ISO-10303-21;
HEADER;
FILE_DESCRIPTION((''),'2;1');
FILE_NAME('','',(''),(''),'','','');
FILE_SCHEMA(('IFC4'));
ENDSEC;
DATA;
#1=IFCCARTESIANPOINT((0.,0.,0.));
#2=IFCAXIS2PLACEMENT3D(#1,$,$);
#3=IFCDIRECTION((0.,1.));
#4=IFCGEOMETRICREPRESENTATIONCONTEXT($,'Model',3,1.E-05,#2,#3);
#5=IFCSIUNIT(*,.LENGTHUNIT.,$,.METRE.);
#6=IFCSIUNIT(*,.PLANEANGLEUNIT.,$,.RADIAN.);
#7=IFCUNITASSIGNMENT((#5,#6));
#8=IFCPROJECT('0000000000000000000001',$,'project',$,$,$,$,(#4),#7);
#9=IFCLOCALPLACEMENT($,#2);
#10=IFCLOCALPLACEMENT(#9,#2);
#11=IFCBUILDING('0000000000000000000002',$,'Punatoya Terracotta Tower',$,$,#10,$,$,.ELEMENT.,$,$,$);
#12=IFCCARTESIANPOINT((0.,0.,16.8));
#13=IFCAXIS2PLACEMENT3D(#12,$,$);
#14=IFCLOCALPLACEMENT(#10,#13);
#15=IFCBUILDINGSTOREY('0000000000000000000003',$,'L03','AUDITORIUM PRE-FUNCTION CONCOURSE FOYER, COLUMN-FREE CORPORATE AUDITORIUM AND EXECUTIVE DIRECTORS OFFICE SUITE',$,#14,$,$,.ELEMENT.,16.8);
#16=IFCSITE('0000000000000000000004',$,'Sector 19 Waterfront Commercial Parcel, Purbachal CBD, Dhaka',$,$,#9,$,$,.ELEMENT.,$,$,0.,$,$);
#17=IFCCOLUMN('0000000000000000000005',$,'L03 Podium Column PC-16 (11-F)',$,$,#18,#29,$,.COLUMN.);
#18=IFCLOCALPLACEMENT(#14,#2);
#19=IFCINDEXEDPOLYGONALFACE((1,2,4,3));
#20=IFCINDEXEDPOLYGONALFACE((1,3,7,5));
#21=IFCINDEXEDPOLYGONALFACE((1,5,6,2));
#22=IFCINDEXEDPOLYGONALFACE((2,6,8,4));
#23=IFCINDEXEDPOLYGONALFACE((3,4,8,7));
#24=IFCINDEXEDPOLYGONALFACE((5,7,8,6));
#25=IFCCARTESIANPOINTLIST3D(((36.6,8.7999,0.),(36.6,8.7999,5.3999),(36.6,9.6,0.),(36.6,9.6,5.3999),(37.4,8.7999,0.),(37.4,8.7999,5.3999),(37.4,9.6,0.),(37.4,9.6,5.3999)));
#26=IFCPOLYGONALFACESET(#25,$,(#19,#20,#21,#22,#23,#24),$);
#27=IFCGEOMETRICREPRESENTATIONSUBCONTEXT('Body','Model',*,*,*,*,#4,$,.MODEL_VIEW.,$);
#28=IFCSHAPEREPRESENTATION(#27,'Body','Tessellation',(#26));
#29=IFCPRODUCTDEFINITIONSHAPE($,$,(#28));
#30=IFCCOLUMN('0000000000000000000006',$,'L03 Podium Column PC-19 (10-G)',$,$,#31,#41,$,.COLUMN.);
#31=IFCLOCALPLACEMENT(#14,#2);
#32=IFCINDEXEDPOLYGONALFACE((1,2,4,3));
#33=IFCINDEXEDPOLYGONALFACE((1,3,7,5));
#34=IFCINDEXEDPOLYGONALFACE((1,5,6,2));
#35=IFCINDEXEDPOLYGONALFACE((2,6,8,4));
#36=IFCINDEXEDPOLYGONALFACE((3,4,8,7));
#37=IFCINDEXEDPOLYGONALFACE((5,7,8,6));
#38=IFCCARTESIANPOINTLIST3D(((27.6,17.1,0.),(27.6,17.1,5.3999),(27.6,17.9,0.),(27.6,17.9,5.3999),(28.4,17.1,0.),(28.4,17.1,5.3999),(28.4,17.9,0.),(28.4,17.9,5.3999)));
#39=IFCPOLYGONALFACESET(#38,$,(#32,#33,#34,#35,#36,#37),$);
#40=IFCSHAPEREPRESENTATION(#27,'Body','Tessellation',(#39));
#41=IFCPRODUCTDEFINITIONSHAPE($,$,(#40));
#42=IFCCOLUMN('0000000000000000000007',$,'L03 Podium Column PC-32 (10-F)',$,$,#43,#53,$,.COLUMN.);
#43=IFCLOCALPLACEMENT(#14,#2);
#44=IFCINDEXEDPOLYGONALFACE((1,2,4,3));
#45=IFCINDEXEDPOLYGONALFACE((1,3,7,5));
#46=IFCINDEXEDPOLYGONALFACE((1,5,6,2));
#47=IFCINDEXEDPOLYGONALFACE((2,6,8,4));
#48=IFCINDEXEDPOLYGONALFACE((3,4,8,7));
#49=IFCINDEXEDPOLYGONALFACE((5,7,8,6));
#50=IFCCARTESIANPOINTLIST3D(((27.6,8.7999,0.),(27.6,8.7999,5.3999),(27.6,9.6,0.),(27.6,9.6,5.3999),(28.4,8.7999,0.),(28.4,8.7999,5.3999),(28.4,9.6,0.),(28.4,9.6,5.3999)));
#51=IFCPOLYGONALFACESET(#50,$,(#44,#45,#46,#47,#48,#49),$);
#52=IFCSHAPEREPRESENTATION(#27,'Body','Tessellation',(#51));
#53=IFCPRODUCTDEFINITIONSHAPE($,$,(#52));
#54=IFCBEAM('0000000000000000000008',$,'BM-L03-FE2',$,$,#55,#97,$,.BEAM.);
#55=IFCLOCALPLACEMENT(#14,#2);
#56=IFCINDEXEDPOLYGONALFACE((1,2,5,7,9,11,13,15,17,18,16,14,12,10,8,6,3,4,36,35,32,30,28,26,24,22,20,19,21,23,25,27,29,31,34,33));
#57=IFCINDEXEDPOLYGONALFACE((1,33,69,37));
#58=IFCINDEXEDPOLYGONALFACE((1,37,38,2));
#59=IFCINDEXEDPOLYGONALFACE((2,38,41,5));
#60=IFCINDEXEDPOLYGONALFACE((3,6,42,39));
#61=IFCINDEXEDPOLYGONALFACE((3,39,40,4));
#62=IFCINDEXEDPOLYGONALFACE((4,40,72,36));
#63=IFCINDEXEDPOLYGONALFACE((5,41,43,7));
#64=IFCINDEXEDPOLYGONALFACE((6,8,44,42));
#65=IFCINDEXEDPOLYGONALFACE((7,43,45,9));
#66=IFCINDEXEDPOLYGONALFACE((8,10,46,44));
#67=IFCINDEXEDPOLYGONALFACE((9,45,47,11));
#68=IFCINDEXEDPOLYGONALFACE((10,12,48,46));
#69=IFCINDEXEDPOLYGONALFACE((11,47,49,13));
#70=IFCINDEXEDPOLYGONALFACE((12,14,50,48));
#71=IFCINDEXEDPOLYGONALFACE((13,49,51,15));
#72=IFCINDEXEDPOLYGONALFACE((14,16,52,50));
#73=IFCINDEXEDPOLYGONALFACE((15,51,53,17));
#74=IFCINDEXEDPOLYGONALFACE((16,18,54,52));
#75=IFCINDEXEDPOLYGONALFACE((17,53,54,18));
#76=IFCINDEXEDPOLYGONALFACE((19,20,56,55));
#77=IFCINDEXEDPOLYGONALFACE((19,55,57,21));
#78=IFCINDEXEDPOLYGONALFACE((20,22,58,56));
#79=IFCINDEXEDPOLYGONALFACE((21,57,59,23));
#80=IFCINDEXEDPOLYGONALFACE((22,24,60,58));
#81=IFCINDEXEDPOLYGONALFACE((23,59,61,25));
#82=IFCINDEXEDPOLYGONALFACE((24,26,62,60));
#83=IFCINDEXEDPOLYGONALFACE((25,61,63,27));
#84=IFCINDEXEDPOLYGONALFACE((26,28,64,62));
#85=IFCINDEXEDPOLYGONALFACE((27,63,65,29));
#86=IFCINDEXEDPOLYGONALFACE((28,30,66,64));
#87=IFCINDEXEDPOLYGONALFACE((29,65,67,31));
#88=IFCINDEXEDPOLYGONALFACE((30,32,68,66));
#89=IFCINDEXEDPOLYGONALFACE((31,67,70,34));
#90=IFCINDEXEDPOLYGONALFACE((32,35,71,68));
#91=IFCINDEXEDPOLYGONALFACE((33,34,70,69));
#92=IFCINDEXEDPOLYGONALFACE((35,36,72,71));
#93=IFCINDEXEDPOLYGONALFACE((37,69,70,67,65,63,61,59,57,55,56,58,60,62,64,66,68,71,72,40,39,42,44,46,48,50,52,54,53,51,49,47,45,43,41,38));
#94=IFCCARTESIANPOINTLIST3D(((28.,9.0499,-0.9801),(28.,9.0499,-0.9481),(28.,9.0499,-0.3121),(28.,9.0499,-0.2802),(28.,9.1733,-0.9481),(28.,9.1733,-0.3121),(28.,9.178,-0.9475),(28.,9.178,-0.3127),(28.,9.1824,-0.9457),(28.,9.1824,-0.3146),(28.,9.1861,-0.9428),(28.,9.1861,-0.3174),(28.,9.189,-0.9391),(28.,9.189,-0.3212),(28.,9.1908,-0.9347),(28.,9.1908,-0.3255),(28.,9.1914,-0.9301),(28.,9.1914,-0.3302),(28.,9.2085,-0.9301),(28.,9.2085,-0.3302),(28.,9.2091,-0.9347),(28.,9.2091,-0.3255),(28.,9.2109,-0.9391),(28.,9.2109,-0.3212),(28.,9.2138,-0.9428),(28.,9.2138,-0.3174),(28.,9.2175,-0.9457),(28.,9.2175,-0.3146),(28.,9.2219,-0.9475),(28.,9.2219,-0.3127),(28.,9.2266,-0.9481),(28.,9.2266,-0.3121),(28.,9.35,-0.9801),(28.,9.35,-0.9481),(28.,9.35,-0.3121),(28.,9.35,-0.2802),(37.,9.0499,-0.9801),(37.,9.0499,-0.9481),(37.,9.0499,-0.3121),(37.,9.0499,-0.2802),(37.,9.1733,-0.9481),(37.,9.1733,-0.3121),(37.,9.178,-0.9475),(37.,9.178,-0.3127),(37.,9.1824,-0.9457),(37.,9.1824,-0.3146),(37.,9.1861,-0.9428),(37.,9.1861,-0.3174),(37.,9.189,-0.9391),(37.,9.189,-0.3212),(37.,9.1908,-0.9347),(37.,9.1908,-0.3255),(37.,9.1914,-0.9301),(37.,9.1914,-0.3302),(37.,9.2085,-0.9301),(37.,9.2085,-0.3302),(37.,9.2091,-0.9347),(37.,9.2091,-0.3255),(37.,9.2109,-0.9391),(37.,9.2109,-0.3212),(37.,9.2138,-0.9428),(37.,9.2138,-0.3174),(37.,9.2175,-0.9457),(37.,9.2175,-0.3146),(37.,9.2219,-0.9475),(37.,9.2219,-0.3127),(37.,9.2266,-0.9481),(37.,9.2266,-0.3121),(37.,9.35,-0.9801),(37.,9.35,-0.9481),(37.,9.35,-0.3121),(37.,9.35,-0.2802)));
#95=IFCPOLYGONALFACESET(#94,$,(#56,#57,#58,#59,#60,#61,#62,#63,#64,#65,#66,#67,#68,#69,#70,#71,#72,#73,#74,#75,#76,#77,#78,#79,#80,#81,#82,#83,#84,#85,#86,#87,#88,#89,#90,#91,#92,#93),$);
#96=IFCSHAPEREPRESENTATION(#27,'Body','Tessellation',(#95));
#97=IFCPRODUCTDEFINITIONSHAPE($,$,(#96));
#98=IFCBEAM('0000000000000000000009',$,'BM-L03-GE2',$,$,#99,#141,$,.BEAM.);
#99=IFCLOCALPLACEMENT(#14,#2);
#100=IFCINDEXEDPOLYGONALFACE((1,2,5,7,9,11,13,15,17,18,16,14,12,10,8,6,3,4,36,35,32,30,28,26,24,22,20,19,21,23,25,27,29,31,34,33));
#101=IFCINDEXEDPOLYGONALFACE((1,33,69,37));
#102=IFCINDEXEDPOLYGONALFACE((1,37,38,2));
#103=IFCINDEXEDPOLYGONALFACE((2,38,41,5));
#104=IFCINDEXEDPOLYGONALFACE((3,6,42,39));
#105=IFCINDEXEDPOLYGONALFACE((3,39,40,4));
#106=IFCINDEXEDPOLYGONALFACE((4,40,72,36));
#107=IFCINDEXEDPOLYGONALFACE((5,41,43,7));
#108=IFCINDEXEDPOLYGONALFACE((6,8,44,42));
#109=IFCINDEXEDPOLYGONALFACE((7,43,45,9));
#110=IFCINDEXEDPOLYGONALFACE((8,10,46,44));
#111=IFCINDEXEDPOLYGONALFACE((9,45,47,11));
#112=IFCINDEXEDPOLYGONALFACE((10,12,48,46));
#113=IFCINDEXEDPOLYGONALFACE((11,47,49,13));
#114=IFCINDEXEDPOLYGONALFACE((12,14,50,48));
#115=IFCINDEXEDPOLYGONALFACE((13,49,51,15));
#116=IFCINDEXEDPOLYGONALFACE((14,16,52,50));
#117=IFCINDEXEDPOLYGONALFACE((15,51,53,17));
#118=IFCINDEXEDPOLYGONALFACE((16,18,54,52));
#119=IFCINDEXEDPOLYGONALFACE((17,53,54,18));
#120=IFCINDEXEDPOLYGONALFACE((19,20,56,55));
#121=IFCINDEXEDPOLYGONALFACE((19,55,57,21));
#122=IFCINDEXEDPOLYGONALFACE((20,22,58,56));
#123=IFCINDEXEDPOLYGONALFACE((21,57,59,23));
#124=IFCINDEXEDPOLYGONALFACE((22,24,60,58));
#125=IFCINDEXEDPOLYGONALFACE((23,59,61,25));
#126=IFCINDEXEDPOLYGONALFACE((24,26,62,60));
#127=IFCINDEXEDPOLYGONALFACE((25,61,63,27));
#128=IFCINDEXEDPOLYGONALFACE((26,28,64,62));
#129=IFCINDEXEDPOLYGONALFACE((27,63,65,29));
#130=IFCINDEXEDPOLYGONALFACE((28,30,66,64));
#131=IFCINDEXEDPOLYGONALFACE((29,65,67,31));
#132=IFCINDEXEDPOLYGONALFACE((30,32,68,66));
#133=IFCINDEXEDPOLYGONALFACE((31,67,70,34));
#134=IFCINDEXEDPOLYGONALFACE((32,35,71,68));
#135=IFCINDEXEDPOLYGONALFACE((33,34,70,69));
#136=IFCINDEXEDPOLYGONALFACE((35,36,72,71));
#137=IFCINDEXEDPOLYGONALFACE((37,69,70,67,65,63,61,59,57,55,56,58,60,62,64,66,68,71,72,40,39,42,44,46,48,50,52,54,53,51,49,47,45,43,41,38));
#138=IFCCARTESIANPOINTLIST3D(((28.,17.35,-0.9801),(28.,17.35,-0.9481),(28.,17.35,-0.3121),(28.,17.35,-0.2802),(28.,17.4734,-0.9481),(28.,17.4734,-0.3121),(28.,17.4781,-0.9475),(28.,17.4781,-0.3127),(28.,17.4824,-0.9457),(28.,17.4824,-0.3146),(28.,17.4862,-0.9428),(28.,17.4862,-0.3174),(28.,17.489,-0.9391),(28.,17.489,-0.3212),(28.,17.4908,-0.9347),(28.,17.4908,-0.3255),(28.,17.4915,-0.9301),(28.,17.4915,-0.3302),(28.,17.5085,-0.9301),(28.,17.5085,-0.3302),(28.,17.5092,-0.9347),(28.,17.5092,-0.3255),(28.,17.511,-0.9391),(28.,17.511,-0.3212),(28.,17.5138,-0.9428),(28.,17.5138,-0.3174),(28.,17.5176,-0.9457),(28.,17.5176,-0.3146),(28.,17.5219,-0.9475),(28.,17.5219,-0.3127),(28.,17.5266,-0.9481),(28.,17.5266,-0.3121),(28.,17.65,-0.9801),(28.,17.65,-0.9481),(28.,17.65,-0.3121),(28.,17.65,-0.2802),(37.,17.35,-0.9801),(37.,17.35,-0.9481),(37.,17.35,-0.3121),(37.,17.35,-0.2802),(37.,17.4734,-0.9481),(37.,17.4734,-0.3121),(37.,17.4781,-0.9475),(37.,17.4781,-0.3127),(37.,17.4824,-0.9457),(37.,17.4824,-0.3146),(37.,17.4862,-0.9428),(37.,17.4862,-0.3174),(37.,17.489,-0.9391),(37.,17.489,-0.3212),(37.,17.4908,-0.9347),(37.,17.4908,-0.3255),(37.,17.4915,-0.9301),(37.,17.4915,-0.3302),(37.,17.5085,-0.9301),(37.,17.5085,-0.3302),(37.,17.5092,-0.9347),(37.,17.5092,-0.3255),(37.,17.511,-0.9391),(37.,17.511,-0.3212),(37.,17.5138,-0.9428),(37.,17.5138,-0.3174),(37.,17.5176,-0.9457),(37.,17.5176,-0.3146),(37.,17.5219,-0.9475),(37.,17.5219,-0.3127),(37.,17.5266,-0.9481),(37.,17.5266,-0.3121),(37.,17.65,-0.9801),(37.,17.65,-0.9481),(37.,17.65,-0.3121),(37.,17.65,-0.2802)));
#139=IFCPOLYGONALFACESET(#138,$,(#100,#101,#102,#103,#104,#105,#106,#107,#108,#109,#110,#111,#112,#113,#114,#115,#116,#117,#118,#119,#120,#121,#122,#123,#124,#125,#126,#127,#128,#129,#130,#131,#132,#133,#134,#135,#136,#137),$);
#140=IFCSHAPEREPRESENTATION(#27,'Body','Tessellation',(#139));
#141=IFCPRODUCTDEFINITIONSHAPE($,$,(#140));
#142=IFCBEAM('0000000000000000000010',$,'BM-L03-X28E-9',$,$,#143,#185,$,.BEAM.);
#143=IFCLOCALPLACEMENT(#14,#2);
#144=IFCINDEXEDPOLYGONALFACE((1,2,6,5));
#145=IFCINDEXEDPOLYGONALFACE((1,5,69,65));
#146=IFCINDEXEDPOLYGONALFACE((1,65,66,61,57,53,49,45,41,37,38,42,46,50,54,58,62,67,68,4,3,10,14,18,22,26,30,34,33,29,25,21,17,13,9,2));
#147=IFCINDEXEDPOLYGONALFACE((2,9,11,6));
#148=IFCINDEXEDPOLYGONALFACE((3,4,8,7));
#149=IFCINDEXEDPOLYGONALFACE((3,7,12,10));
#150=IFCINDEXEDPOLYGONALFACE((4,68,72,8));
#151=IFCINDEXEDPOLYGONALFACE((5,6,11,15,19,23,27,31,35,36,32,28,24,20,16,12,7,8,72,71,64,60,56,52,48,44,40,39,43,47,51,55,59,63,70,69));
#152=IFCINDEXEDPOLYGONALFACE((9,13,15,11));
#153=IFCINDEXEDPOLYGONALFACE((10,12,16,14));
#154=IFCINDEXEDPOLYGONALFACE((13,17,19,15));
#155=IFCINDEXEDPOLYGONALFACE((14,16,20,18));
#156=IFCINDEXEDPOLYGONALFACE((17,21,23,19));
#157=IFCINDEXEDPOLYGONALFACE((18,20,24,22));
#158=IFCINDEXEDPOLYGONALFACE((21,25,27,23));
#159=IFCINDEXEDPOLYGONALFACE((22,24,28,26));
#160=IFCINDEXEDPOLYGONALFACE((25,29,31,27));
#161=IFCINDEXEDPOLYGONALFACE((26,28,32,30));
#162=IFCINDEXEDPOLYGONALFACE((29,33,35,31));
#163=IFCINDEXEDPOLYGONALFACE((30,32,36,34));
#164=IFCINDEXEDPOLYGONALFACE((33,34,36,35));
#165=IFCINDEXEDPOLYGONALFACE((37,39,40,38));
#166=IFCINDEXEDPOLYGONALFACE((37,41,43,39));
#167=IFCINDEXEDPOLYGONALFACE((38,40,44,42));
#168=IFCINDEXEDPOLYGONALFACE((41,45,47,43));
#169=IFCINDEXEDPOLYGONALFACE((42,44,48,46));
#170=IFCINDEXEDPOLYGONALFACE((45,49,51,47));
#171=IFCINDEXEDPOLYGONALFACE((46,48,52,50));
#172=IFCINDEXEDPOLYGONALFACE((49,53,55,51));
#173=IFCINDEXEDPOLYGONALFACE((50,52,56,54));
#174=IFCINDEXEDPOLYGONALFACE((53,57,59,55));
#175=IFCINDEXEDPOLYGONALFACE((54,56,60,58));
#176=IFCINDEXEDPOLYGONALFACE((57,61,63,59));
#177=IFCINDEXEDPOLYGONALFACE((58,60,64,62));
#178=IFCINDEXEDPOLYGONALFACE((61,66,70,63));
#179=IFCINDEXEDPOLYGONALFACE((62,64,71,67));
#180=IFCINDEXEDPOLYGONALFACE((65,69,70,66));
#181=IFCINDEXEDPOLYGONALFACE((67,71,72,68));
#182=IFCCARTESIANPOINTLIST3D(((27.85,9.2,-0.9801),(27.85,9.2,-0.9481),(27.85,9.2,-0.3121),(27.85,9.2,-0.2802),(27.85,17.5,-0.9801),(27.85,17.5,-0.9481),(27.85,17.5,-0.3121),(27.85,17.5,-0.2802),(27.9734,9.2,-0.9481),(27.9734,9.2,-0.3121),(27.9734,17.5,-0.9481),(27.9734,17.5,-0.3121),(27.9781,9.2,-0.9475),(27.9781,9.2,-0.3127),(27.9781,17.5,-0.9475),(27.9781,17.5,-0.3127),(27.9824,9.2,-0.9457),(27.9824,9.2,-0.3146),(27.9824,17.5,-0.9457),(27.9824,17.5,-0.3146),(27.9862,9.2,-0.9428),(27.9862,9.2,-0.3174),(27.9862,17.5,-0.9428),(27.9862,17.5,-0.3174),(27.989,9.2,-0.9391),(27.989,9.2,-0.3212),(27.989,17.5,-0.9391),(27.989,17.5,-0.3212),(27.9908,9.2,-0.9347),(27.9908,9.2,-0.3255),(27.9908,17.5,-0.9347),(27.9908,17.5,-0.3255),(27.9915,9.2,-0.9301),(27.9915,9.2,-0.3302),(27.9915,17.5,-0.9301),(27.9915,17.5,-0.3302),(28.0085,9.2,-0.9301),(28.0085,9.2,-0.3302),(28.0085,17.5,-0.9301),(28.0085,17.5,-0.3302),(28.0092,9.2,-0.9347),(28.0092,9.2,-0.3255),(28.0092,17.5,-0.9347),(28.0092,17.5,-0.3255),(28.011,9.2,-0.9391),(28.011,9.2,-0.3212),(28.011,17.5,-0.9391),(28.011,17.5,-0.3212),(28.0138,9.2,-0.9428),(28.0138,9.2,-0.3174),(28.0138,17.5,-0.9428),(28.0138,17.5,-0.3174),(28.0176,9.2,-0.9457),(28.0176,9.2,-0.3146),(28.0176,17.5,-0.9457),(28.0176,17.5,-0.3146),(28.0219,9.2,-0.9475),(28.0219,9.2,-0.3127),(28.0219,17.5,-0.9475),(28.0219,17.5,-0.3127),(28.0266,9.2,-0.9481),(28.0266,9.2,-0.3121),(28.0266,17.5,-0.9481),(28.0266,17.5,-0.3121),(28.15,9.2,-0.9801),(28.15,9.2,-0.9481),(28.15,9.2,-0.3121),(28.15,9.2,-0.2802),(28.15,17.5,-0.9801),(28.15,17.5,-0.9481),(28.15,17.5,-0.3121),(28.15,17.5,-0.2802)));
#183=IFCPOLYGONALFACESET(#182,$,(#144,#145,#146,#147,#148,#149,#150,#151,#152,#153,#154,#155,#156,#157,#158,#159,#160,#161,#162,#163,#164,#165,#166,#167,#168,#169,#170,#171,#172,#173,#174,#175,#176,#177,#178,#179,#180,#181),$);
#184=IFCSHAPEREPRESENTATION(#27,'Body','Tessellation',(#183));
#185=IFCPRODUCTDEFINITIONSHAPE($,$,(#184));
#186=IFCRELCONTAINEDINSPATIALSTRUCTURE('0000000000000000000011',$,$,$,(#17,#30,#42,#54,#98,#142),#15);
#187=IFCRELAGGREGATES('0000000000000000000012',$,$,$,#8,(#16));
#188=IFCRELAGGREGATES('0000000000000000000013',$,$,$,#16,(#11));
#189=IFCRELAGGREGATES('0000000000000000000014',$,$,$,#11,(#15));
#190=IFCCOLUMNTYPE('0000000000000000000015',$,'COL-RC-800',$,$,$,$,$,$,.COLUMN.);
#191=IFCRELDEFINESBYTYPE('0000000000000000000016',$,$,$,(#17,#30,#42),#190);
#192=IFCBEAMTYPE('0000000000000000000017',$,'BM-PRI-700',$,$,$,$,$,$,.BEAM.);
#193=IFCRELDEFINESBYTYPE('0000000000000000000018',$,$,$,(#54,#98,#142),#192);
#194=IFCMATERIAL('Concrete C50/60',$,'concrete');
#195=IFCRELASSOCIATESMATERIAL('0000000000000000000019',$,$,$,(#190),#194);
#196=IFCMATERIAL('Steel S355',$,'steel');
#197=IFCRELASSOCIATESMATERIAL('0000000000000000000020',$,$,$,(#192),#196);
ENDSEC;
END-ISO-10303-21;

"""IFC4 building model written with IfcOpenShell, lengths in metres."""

from ifc_helpers import new_model, si_unit, direction, frame, origin, origin_2d, place, context, subcontext, project, spatial, rectangle, i_section, extrude, material, material_profile, profile_set, type_object, element, save


model = new_model("IFC4")

# Units and contexts
model_context = context("Model", 3, precision=1e-05, world=origin(), true_north=direction((0.0, 1.0)))
body_context = subcontext(model_context, "Body", "Model", "MODEL_VIEW")
ifc_project = project(units=[si_unit("LENGTHUNIT", "METRE"), si_unit("PLANEANGLEUNIT", "RADIAN")], contexts=[model_context])

# Site, building, storey
site_placement = place(None, origin())
site = spatial("IfcSite", under=ifc_project, at=site_placement, Name="Sector 19 Waterfront Commercial Parcel, Purbachal CBD, Dhaka", CompositionType="ELEMENT", RefElevation=0.0)
building_placement = place(site_placement, origin())
building = spatial("IfcBuilding", under=site, at=building_placement, Name="Punatoya Terracotta Tower", CompositionType="ELEMENT")
storey_placement = place(building_placement, frame((0.0, 0.0, 16.8)))
storey = spatial("IfcBuildingStorey", under=building, at=storey_placement, Name="L03", Description="AUDITORIUM PRE-FUNCTION CONCOURSE FOYER, COLUMN-FREE CORPORATE AUDITORIUM AND EXECUTIVE DIRECTORS OFFICE SUITE", CompositionType="ELEMENT", Elevation=16.8)

# Columns
ifc_material_1 = material(Name="Concrete C50/60", Category="concrete")
ifc_material_profile_1 = material_profile(ifc_material_1, rectangle(XDim=0.8, YDim=0.8, at=origin_2d()))
ifc_profile_set_1 = profile_set([ifc_material_profile_1], Name="Concrete C50/60")
column_type = type_object("IfcColumnType", Name="COL-RC-800", PredefinedType="COLUMN", material=ifc_profile_set_1)
for number, where, z_axis, x_axis, name in (
    (1, (37.0, 9.2, 0.0), (0.0, 0.0, 1.0), (1.0, 0.0, 0.0), "L03 Podium Column PC-16 (11-F)"),
    (2, (28.0, 17.5, 0.0), (0.0, 0.0, 1.0), (1.0, 0.0, 0.0), "L03 Podium Column PC-19 (10-G)"),
    (3, (28.0, 9.2, 0.0), (0.0, 0.0, 1.0), (1.0, 0.0, 0.0), "L03 Podium Column PC-32 (10-F)"),
):
    element("IfcColumn", number, at=place(storey_placement, frame(where, z_axis=z_axis, x_axis=x_axis)), inside=storey, type_object=column_type, Name=name, PredefinedType="COLUMN", context=body_context, shape_type="SweptSolid", body=[
        extrude(rectangle(XDim=0.8, YDim=0.8, at=origin_2d()), origin(), (0.0, 0.0, 1.0), 5.3999),
    ])

# Beams
ifc_material_2 = material(Name="Steel S355", Category="steel")
ifc_material_profile_2 = material_profile(ifc_material_2, i_section(OverallWidth=0.3, OverallDepth=0.7, WebThickness=0.0171, FlangeThickness=0.032, FilletRadius=0.0181, at=origin_2d()))
ifc_profile_set_2 = profile_set([ifc_material_profile_2], Name="Steel S355")
beam_type_1 = type_object("IfcBeamType", Name="BM-PRI-700", PredefinedType="BEAM", material=ifc_profile_set_2)
for number, where, z_axis, x_axis, name in (
    (4, (28.0, 9.2, -0.6301), (1.0, 0.0, 0.0), (0.0, 1.0, 0.0), "BM-L03-FE2"),
    (5, (28.0, 17.5, -0.6301), (1.0, 0.0, 0.0), (0.0, 1.0, 0.0), "BM-L03-GE2"),
):
    element("IfcBeam", number, at=place(storey_placement, frame(where, z_axis=z_axis, x_axis=x_axis)), inside=storey, type_object=beam_type_1, Name=name, PredefinedType="BEAM", context=body_context, shape_type="SweptSolid", body=[
        extrude(i_section(OverallWidth=0.3, OverallDepth=0.7, WebThickness=0.0171, FlangeThickness=0.032, FilletRadius=0.0181, at=origin_2d()), origin(), (0.0, 0.0, 1.0), 9.0),
    ])
beam_1_placement = place(storey_placement, frame((28.0, 9.2, -0.6301), z_axis=(0.0, 1.0, 0.0), x_axis=(-1.0, 0.0, 0.0)))
element("IfcBeam", 6, at=beam_1_placement, inside=storey, type_object=beam_type_1, Name="BM-L03-X28E-9", PredefinedType="BEAM", context=body_context, shape_type="SweptSolid", body=[
    extrude(i_section(OverallWidth=0.3, OverallDepth=0.7, WebThickness=0.0171, FlangeThickness=0.032, FilletRadius=0.0181, at=origin_2d()), origin(), (0.0, 0.0, 1.0), 8.3),
])

save(model, "model.ifc")
